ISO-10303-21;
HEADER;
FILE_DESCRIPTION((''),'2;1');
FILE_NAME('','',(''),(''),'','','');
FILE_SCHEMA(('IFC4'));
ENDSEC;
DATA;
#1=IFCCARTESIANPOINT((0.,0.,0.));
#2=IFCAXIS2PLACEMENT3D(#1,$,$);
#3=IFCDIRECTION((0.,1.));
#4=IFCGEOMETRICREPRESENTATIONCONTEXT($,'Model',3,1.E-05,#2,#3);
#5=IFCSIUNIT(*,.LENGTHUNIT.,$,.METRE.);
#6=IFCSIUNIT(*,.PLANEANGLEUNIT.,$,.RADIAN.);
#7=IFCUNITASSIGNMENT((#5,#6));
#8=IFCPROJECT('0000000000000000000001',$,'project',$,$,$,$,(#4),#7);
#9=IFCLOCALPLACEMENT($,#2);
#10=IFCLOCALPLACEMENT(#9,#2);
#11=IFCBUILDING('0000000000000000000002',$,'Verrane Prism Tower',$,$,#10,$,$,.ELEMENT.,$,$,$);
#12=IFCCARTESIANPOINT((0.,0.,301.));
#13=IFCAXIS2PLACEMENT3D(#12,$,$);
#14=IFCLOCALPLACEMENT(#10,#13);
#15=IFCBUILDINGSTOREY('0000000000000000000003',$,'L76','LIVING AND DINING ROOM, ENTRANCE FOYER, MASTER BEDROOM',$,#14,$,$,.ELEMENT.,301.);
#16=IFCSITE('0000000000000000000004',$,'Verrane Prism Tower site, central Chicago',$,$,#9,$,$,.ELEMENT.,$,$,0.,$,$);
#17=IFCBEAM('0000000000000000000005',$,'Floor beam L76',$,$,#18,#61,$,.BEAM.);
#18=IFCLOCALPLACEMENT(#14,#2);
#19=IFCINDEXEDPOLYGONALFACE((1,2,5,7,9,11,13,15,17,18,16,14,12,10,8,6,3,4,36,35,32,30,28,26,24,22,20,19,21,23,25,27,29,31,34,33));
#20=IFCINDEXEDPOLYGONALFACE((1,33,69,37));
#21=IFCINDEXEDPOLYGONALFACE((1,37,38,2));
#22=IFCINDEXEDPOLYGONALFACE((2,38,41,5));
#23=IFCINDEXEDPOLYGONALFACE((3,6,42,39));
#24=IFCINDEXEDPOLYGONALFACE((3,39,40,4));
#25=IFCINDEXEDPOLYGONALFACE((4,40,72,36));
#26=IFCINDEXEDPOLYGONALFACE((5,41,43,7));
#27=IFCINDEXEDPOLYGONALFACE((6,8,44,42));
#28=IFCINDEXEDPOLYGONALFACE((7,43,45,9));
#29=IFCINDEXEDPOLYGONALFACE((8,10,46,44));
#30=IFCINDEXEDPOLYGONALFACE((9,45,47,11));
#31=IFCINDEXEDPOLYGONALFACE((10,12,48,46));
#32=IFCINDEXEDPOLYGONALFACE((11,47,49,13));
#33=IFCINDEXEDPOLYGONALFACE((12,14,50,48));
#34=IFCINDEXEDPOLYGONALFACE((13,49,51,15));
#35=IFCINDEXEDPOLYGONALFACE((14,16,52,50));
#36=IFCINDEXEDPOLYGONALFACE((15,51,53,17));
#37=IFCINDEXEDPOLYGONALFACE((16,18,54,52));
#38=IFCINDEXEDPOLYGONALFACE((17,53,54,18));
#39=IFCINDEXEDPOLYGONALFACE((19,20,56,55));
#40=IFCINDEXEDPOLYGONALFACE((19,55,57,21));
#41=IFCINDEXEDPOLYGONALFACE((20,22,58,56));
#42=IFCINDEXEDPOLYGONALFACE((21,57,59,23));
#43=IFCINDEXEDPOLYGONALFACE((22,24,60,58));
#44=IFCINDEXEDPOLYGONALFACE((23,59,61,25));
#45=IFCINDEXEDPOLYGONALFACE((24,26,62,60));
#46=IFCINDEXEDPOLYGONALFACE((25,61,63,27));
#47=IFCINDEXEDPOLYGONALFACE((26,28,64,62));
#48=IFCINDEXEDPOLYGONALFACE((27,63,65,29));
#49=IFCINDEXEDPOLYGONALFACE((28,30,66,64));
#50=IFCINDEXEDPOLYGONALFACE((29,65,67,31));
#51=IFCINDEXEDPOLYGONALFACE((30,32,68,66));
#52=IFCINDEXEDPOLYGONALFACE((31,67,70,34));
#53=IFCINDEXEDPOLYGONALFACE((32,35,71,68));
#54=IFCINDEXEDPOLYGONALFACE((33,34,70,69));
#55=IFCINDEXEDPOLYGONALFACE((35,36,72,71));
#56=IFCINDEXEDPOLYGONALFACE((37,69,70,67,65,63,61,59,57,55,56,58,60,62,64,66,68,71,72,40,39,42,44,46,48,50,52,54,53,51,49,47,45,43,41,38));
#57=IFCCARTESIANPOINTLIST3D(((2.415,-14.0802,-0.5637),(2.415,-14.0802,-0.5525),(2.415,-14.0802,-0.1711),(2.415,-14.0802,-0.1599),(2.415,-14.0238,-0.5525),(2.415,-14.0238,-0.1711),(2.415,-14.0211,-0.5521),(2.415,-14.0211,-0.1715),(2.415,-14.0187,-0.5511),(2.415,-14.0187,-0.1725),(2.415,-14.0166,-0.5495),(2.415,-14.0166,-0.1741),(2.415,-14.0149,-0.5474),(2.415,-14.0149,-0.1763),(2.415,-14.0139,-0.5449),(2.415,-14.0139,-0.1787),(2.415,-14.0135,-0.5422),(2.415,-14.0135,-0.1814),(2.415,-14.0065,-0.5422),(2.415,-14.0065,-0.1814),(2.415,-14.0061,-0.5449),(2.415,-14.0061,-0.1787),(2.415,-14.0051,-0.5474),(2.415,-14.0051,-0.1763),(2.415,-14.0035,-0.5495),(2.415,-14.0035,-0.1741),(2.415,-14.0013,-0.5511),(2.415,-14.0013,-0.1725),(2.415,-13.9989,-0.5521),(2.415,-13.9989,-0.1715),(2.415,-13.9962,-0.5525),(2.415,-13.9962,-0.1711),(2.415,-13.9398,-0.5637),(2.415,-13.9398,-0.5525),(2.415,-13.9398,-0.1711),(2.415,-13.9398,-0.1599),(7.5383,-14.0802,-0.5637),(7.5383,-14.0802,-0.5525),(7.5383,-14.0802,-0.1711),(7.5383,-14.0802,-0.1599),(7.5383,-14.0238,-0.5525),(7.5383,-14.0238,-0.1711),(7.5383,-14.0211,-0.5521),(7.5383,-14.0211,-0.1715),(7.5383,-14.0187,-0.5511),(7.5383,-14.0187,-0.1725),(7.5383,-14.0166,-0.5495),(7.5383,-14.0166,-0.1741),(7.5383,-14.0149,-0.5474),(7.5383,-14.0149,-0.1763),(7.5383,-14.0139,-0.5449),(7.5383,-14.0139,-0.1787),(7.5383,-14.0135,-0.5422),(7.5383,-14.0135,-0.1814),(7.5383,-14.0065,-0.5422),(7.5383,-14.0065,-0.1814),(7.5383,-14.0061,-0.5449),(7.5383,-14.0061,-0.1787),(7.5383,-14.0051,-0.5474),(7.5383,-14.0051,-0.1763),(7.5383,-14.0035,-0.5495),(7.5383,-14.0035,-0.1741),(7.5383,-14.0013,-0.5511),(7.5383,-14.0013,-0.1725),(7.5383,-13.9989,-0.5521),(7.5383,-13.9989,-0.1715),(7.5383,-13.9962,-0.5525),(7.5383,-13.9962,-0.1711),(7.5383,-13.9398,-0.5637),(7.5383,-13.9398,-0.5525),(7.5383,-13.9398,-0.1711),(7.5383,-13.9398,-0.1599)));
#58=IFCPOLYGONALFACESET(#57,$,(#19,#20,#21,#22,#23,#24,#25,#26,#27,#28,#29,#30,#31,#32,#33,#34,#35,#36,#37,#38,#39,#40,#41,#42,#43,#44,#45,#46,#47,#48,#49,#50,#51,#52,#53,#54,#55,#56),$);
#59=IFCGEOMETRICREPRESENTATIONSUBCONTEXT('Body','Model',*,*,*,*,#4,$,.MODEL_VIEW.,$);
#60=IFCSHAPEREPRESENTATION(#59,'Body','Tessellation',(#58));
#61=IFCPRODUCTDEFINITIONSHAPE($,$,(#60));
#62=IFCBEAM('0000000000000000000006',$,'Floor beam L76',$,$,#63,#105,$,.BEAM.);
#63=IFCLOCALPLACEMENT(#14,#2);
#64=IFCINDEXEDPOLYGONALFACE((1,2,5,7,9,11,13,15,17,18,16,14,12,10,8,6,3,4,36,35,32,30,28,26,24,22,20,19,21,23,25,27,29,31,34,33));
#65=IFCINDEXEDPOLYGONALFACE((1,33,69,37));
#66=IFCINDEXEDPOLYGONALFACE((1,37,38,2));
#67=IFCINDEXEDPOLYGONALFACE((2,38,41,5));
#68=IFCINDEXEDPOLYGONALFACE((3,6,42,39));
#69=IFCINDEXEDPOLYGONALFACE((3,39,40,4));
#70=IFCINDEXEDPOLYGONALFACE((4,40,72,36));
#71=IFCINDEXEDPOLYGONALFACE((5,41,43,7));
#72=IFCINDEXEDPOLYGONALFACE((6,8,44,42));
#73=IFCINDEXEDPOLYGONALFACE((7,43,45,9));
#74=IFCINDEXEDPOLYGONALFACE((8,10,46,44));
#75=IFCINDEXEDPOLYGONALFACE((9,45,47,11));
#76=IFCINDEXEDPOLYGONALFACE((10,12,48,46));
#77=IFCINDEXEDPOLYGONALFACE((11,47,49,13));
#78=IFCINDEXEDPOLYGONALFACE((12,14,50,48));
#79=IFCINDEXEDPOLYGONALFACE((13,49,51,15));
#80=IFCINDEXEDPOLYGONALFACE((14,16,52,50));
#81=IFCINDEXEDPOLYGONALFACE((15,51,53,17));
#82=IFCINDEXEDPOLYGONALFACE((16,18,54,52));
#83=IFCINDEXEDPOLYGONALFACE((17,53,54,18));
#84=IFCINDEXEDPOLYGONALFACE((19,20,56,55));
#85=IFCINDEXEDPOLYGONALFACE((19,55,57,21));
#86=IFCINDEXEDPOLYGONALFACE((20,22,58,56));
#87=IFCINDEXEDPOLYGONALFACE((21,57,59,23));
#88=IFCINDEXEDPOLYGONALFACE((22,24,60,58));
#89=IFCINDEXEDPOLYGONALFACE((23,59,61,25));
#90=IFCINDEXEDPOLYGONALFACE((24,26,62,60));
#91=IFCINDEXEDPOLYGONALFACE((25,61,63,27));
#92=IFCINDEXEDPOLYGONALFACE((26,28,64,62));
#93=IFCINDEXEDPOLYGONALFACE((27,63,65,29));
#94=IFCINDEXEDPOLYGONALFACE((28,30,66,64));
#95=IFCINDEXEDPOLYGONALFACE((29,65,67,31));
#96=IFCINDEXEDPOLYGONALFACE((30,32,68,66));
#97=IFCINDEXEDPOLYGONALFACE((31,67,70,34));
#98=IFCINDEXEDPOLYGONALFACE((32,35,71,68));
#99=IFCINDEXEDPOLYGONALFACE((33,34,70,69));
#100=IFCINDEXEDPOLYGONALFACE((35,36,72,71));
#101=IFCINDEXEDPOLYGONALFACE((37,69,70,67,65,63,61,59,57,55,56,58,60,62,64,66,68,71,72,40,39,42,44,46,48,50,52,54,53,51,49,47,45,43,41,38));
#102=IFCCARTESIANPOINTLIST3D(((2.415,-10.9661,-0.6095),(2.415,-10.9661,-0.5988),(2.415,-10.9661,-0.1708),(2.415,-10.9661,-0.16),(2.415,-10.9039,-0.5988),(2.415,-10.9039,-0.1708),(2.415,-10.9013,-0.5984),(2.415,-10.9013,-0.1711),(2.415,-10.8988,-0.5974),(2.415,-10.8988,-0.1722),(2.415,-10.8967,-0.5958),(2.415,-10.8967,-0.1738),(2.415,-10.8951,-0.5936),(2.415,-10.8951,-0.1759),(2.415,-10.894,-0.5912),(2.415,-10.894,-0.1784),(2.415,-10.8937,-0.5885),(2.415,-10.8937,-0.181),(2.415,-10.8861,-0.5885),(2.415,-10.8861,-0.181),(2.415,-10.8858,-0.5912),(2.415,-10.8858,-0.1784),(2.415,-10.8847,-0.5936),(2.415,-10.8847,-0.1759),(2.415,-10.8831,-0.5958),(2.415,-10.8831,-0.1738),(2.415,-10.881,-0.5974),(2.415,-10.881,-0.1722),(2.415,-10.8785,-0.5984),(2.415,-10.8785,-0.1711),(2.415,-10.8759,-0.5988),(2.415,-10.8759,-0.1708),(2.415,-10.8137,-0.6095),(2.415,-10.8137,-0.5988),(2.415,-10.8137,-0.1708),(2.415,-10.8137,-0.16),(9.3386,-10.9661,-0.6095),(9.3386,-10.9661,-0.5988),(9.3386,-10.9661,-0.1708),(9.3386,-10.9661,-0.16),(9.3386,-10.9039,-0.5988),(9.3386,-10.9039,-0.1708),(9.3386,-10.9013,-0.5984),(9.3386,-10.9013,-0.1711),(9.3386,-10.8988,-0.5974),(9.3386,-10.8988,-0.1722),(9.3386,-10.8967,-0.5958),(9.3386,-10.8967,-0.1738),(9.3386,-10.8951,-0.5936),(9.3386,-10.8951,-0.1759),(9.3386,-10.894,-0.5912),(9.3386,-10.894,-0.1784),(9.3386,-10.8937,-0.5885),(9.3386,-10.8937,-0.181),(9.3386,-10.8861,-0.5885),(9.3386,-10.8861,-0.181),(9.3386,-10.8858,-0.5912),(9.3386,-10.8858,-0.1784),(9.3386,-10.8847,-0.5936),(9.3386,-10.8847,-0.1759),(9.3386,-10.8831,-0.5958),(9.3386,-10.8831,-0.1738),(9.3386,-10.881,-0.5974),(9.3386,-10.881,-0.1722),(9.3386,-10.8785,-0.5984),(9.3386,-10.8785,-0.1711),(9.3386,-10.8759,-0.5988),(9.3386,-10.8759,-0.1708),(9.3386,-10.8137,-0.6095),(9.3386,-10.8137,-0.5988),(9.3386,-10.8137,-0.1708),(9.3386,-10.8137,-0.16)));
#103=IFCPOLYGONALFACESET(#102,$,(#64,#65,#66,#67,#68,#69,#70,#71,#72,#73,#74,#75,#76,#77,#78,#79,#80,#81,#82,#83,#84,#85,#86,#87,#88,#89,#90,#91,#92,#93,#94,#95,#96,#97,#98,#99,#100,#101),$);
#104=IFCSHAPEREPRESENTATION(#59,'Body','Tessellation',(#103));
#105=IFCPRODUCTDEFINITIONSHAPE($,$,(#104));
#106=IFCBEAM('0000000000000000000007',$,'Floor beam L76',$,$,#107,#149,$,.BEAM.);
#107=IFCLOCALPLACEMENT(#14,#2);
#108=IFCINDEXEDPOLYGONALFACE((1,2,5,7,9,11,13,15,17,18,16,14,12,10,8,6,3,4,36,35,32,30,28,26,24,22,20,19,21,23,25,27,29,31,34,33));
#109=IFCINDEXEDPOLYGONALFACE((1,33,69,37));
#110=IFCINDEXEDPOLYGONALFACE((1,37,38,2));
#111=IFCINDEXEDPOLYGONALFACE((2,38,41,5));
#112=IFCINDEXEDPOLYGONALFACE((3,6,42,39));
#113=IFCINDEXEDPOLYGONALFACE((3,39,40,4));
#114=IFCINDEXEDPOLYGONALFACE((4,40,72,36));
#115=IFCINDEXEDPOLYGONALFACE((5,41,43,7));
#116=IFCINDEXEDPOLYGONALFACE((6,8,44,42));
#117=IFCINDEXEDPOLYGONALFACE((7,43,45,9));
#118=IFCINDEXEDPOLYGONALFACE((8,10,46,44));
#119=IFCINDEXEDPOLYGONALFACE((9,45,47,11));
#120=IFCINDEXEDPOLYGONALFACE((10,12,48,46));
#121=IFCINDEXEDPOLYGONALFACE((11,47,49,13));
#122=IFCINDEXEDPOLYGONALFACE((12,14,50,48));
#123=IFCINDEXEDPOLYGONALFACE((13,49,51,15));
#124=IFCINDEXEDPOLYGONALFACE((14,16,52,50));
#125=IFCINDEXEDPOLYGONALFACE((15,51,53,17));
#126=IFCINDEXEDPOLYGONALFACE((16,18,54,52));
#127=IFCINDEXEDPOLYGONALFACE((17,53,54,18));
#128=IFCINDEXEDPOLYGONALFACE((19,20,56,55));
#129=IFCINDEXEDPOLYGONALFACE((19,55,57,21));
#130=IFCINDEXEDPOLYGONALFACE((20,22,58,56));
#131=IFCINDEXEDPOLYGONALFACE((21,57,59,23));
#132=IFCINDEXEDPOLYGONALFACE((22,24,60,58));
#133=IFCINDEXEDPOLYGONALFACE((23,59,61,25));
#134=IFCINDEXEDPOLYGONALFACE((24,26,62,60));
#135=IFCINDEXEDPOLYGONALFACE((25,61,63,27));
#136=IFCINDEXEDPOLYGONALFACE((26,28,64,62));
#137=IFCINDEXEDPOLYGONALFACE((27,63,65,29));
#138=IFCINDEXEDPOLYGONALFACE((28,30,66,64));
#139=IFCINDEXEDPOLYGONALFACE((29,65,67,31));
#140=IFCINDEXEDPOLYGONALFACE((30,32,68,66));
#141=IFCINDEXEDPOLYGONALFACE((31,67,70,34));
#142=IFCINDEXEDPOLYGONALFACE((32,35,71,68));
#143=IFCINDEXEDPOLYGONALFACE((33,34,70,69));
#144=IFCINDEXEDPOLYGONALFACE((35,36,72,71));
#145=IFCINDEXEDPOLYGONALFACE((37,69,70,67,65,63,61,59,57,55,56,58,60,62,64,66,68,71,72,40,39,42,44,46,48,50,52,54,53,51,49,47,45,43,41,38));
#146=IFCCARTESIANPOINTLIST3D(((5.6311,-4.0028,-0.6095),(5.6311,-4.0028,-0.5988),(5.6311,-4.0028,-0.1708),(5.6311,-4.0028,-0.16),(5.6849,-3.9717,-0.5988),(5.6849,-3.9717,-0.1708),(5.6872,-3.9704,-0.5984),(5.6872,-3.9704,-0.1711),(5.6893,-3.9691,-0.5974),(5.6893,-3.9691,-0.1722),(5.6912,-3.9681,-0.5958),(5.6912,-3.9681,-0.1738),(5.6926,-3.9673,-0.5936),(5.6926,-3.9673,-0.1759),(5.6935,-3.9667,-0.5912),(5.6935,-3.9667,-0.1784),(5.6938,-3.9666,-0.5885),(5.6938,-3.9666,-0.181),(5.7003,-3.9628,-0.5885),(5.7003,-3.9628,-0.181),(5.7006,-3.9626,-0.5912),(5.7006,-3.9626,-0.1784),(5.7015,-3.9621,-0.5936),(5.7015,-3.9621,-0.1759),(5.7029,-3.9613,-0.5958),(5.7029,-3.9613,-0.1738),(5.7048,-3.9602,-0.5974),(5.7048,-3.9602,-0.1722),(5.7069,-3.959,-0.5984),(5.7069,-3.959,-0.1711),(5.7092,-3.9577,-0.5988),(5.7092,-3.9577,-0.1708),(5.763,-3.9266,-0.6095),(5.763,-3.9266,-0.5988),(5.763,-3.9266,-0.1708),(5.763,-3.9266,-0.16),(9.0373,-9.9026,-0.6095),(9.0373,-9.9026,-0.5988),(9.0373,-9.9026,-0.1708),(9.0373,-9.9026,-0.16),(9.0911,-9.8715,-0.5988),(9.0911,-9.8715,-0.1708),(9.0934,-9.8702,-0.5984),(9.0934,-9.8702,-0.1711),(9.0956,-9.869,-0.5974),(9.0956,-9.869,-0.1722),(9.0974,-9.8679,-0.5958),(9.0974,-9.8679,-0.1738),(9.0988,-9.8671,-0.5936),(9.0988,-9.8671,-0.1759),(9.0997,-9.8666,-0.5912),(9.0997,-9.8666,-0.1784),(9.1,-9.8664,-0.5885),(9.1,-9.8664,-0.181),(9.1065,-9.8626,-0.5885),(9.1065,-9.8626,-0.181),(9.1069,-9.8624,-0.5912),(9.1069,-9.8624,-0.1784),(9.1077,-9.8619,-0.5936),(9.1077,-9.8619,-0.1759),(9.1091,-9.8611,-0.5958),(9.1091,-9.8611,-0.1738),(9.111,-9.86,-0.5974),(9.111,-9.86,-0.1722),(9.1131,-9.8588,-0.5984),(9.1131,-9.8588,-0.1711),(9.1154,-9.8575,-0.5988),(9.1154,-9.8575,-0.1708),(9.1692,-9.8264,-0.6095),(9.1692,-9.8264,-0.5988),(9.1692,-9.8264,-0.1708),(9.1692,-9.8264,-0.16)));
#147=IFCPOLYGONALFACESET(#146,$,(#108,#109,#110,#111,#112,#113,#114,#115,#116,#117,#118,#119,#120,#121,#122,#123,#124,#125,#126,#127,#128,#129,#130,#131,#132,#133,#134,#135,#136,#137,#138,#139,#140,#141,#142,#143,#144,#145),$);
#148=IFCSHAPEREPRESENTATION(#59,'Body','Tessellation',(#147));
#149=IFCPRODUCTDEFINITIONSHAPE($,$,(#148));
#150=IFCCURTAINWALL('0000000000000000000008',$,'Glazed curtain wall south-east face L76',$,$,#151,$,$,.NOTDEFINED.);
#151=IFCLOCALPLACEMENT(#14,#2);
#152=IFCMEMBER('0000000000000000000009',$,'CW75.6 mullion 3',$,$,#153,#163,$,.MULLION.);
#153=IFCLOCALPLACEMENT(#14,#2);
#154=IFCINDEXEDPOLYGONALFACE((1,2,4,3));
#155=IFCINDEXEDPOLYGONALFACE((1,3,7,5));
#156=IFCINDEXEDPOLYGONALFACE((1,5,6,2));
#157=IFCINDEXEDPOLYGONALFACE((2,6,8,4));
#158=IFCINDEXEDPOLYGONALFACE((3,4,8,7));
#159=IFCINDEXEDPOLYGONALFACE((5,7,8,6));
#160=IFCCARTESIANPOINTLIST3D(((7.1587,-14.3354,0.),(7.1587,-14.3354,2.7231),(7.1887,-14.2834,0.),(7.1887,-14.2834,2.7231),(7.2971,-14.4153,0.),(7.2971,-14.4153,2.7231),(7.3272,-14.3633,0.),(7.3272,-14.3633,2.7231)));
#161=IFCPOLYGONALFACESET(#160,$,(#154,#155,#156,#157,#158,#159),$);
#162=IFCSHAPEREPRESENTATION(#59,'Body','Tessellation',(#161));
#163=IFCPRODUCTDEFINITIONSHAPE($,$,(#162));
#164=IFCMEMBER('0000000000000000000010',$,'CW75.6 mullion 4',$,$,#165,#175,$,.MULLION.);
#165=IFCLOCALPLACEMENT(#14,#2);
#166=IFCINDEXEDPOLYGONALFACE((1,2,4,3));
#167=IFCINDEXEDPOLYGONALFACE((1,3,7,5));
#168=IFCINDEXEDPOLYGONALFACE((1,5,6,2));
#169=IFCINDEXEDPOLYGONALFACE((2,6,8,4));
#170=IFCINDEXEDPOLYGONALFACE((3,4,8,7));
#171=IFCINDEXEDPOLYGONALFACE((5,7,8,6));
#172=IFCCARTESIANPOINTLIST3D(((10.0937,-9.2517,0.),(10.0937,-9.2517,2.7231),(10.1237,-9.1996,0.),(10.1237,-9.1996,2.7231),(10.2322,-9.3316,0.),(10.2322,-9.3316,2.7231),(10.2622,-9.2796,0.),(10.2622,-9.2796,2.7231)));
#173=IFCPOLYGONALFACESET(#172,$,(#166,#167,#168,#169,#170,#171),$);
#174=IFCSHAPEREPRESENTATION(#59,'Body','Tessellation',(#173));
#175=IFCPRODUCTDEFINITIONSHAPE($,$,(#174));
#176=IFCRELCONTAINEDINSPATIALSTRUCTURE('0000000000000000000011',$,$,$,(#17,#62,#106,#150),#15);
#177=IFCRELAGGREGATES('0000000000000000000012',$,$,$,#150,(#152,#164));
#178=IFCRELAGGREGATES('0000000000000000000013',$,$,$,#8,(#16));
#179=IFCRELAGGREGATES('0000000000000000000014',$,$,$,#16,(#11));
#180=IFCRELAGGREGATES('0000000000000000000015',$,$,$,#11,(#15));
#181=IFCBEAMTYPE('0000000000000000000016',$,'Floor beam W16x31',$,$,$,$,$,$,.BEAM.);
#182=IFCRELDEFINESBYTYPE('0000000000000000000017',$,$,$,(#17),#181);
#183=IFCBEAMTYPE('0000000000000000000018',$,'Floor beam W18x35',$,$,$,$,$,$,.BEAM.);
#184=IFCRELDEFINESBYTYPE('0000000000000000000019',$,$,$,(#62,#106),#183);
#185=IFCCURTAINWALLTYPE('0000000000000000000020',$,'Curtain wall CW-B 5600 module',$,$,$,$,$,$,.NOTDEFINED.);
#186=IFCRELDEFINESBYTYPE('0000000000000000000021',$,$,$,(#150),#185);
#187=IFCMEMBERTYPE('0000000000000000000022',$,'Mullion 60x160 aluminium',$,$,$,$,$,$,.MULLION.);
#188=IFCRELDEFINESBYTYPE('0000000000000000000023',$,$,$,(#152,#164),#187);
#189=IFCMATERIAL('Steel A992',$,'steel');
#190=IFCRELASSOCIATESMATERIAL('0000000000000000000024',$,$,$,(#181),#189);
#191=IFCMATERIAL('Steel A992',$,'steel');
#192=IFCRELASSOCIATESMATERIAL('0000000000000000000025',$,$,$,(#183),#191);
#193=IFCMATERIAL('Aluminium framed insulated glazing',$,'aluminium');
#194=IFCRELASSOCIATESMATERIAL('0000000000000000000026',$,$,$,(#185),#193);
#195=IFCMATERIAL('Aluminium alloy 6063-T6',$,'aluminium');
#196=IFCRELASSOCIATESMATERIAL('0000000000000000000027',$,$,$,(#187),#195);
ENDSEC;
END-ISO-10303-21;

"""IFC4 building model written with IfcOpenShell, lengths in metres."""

from ifc_helpers import new_model, si_unit, direction, frame, origin, origin_2d, place, context, subcontext, project, spatial, rectangle, i_section, extrude, material, material_profile, profile_set, type_object, element, aggregate, save


model = new_model("IFC4")

# Units and contexts
model_context = context("Model", 3, precision=1e-05, world=origin(), true_north=direction((0.0, 1.0)))
body_context = subcontext(model_context, "Body", "Model", "MODEL_VIEW")
ifc_project = project(units=[si_unit("LENGTHUNIT", "METRE"), si_unit("PLANEANGLEUNIT", "RADIAN")], contexts=[model_context])

# Site, building, storey
site_placement = place(None, origin())
site = spatial("IfcSite", under=ifc_project, at=site_placement, Name="Verrane Prism Tower site, central Chicago", CompositionType="ELEMENT", RefElevation=0.0)
building_placement = place(site_placement, origin())
building = spatial("IfcBuilding", under=site, at=building_placement, Name="Verrane Prism Tower", CompositionType="ELEMENT")
storey_placement = place(building_placement, frame((0.0, 0.0, 301.0)))
storey = spatial("IfcBuildingStorey", under=building, at=storey_placement, Name="L76", Description="LIVING AND DINING ROOM, ENTRANCE FOYER, MASTER BEDROOM", CompositionType="ELEMENT", Elevation=301.0)

# Beams
ifc_material_1 = material(Name="Steel A992", Category="steel")
ifc_material_profile_1 = material_profile(ifc_material_1, i_section(OverallWidth=0.1404, OverallDepth=0.4038, WebThickness=0.0071, FlangeThickness=0.0112, FilletRadius=0.0103, at=origin_2d()), Name="W16x31")
ifc_profile_set_1 = profile_set([ifc_material_profile_1], Name="Steel A992")
beam_type_1 = type_object("IfcBeamType", Name="Floor beam W16x31", PredefinedType="BEAM", material=ifc_profile_set_1)
beam_1_placement = place(storey_placement, frame((2.415, -14.01, -0.3618), z_axis=(1.0, 0.0, 0.0), x_axis=(0.0, 1.0, 0.0)))
element("IfcBeam", 1, at=beam_1_placement, inside=storey, type_object=beam_type_1, Name="Floor beam L76", PredefinedType="BEAM", context=body_context, shape_type="SweptSolid", body=[
    extrude(i_section(OverallWidth=0.1404, OverallDepth=0.4038, WebThickness=0.0071, FlangeThickness=0.0112, FilletRadius=0.0103, at=origin_2d()), origin(), (0.0, 0.0, 1.0), 5.1233),
])
ifc_material_2 = material(Name="Steel A992", Category="steel")
ifc_material_profile_2 = material_profile(ifc_material_2, i_section(OverallWidth=0.1523, OverallDepth=0.4495, WebThickness=0.0076, FlangeThickness=0.0107, FilletRadius=0.0103, at=origin_2d()), Name="W18x35")
ifc_profile_set_2 = profile_set([ifc_material_profile_2], Name="Steel A992")
beam_type_2 = type_object("IfcBeamType", Name="Floor beam W18x35", PredefinedType="BEAM", material=ifc_profile_set_2)
beam_2_placement = place(storey_placement, frame((2.415, -10.8899, -0.3848), z_axis=(1.0, 0.0, 0.0), x_axis=(0.0, 1.0, 0.0)))
element("IfcBeam", 2, at=beam_2_placement, inside=storey, type_object=beam_type_2, Name="Floor beam L76", PredefinedType="BEAM", context=body_context, shape_type="SweptSolid", body=[
    extrude(i_section(OverallWidth=0.1523, OverallDepth=0.4495, WebThickness=0.0076, FlangeThickness=0.0107, FilletRadius=0.0103, at=origin_2d()), origin(), (0.0, 0.0, 1.0), 6.9236),
])
beam_3_placement = place(storey_placement, frame((9.1033, -9.8645, -0.3848), z_axis=(-0.499993, 0.866029, 0.0), x_axis=(-0.866029, -0.499993, 0.0)))
element("IfcBeam", 3, at=beam_3_placement, inside=storey, type_object=beam_type_2, Name="Floor beam L76", PredefinedType="BEAM", context=body_context, shape_type="SweptSolid", body=[
    extrude(i_section(OverallWidth=0.1523, OverallDepth=0.4495, WebThickness=0.0076, FlangeThickness=0.0107, FilletRadius=0.0103, at=origin_2d()), origin(), (0.0, 0.0, 1.0), 6.8125),
])

# Curtain wall, members
ifc_material_3 = material(Name="Aluminium framed insulated glazing", Category="aluminium")
curtain_wall_type = type_object("IfcCurtainWallType", Name="Curtain wall CW-B 5600 module", PredefinedType="NOTDEFINED", material=ifc_material_3)
curtain_wall_placement = place(storey_placement, origin())
curtain_wall = element("IfcCurtainWall", 4, at=curtain_wall_placement, inside=storey, type_object=curtain_wall_type, Name="Glazed curtain wall south-east face L76", PredefinedType="NOTDEFINED")
ifc_material_4 = material(Name="Aluminium alloy 6063-T6", Category="aluminium")
ifc_material_profile_3 = material_profile(ifc_material_4, rectangle(XDim=0.1599, YDim=0.0601, at=origin_2d()), Name="Mullion 60x160 aluminium")
ifc_profile_set_3 = profile_set([ifc_material_profile_3], Name="Aluminium alloy 6063-T6")
member_type_1 = type_object("IfcMemberType", Name="Mullion 60x160 aluminium", PredefinedType="MULLION", material=ifc_profile_set_3)
member_1_placement = place(storey_placement, frame((7.2429, -14.3494, 0.0), z_axis=(0.0, 0.0, 1.0), x_axis=(-0.866025, 0.500001, 0.0)))
member_1 = element("IfcMember", 5, at=member_1_placement, type_object=member_type_1, Name="CW75.6 mullion 3", PredefinedType="MULLION", context=body_context, shape_type="SweptSolid", body=[
    extrude(rectangle(XDim=0.1599, YDim=0.0601, at=origin_2d()), origin(), (0.0, 0.0, 1.0), 2.7231),
])
member_2_placement = place(storey_placement, frame((10.178, -9.2656, 0.0), z_axis=(0.0, 0.0, 1.0), x_axis=(-0.866025, 0.500001, 0.0)))
member_2 = element("IfcMember", 6, at=member_2_placement, type_object=member_type_1, Name="CW75.6 mullion 4", PredefinedType="MULLION", context=body_context, shape_type="SweptSolid", body=[
    extrude(rectangle(XDim=0.1599, YDim=0.0601, at=origin_2d()), origin(), (0.0, 0.0, 1.0), 2.7231),
])

aggregate(curtain_wall, [member_1, member_2])

save(model, "model.ifc")
